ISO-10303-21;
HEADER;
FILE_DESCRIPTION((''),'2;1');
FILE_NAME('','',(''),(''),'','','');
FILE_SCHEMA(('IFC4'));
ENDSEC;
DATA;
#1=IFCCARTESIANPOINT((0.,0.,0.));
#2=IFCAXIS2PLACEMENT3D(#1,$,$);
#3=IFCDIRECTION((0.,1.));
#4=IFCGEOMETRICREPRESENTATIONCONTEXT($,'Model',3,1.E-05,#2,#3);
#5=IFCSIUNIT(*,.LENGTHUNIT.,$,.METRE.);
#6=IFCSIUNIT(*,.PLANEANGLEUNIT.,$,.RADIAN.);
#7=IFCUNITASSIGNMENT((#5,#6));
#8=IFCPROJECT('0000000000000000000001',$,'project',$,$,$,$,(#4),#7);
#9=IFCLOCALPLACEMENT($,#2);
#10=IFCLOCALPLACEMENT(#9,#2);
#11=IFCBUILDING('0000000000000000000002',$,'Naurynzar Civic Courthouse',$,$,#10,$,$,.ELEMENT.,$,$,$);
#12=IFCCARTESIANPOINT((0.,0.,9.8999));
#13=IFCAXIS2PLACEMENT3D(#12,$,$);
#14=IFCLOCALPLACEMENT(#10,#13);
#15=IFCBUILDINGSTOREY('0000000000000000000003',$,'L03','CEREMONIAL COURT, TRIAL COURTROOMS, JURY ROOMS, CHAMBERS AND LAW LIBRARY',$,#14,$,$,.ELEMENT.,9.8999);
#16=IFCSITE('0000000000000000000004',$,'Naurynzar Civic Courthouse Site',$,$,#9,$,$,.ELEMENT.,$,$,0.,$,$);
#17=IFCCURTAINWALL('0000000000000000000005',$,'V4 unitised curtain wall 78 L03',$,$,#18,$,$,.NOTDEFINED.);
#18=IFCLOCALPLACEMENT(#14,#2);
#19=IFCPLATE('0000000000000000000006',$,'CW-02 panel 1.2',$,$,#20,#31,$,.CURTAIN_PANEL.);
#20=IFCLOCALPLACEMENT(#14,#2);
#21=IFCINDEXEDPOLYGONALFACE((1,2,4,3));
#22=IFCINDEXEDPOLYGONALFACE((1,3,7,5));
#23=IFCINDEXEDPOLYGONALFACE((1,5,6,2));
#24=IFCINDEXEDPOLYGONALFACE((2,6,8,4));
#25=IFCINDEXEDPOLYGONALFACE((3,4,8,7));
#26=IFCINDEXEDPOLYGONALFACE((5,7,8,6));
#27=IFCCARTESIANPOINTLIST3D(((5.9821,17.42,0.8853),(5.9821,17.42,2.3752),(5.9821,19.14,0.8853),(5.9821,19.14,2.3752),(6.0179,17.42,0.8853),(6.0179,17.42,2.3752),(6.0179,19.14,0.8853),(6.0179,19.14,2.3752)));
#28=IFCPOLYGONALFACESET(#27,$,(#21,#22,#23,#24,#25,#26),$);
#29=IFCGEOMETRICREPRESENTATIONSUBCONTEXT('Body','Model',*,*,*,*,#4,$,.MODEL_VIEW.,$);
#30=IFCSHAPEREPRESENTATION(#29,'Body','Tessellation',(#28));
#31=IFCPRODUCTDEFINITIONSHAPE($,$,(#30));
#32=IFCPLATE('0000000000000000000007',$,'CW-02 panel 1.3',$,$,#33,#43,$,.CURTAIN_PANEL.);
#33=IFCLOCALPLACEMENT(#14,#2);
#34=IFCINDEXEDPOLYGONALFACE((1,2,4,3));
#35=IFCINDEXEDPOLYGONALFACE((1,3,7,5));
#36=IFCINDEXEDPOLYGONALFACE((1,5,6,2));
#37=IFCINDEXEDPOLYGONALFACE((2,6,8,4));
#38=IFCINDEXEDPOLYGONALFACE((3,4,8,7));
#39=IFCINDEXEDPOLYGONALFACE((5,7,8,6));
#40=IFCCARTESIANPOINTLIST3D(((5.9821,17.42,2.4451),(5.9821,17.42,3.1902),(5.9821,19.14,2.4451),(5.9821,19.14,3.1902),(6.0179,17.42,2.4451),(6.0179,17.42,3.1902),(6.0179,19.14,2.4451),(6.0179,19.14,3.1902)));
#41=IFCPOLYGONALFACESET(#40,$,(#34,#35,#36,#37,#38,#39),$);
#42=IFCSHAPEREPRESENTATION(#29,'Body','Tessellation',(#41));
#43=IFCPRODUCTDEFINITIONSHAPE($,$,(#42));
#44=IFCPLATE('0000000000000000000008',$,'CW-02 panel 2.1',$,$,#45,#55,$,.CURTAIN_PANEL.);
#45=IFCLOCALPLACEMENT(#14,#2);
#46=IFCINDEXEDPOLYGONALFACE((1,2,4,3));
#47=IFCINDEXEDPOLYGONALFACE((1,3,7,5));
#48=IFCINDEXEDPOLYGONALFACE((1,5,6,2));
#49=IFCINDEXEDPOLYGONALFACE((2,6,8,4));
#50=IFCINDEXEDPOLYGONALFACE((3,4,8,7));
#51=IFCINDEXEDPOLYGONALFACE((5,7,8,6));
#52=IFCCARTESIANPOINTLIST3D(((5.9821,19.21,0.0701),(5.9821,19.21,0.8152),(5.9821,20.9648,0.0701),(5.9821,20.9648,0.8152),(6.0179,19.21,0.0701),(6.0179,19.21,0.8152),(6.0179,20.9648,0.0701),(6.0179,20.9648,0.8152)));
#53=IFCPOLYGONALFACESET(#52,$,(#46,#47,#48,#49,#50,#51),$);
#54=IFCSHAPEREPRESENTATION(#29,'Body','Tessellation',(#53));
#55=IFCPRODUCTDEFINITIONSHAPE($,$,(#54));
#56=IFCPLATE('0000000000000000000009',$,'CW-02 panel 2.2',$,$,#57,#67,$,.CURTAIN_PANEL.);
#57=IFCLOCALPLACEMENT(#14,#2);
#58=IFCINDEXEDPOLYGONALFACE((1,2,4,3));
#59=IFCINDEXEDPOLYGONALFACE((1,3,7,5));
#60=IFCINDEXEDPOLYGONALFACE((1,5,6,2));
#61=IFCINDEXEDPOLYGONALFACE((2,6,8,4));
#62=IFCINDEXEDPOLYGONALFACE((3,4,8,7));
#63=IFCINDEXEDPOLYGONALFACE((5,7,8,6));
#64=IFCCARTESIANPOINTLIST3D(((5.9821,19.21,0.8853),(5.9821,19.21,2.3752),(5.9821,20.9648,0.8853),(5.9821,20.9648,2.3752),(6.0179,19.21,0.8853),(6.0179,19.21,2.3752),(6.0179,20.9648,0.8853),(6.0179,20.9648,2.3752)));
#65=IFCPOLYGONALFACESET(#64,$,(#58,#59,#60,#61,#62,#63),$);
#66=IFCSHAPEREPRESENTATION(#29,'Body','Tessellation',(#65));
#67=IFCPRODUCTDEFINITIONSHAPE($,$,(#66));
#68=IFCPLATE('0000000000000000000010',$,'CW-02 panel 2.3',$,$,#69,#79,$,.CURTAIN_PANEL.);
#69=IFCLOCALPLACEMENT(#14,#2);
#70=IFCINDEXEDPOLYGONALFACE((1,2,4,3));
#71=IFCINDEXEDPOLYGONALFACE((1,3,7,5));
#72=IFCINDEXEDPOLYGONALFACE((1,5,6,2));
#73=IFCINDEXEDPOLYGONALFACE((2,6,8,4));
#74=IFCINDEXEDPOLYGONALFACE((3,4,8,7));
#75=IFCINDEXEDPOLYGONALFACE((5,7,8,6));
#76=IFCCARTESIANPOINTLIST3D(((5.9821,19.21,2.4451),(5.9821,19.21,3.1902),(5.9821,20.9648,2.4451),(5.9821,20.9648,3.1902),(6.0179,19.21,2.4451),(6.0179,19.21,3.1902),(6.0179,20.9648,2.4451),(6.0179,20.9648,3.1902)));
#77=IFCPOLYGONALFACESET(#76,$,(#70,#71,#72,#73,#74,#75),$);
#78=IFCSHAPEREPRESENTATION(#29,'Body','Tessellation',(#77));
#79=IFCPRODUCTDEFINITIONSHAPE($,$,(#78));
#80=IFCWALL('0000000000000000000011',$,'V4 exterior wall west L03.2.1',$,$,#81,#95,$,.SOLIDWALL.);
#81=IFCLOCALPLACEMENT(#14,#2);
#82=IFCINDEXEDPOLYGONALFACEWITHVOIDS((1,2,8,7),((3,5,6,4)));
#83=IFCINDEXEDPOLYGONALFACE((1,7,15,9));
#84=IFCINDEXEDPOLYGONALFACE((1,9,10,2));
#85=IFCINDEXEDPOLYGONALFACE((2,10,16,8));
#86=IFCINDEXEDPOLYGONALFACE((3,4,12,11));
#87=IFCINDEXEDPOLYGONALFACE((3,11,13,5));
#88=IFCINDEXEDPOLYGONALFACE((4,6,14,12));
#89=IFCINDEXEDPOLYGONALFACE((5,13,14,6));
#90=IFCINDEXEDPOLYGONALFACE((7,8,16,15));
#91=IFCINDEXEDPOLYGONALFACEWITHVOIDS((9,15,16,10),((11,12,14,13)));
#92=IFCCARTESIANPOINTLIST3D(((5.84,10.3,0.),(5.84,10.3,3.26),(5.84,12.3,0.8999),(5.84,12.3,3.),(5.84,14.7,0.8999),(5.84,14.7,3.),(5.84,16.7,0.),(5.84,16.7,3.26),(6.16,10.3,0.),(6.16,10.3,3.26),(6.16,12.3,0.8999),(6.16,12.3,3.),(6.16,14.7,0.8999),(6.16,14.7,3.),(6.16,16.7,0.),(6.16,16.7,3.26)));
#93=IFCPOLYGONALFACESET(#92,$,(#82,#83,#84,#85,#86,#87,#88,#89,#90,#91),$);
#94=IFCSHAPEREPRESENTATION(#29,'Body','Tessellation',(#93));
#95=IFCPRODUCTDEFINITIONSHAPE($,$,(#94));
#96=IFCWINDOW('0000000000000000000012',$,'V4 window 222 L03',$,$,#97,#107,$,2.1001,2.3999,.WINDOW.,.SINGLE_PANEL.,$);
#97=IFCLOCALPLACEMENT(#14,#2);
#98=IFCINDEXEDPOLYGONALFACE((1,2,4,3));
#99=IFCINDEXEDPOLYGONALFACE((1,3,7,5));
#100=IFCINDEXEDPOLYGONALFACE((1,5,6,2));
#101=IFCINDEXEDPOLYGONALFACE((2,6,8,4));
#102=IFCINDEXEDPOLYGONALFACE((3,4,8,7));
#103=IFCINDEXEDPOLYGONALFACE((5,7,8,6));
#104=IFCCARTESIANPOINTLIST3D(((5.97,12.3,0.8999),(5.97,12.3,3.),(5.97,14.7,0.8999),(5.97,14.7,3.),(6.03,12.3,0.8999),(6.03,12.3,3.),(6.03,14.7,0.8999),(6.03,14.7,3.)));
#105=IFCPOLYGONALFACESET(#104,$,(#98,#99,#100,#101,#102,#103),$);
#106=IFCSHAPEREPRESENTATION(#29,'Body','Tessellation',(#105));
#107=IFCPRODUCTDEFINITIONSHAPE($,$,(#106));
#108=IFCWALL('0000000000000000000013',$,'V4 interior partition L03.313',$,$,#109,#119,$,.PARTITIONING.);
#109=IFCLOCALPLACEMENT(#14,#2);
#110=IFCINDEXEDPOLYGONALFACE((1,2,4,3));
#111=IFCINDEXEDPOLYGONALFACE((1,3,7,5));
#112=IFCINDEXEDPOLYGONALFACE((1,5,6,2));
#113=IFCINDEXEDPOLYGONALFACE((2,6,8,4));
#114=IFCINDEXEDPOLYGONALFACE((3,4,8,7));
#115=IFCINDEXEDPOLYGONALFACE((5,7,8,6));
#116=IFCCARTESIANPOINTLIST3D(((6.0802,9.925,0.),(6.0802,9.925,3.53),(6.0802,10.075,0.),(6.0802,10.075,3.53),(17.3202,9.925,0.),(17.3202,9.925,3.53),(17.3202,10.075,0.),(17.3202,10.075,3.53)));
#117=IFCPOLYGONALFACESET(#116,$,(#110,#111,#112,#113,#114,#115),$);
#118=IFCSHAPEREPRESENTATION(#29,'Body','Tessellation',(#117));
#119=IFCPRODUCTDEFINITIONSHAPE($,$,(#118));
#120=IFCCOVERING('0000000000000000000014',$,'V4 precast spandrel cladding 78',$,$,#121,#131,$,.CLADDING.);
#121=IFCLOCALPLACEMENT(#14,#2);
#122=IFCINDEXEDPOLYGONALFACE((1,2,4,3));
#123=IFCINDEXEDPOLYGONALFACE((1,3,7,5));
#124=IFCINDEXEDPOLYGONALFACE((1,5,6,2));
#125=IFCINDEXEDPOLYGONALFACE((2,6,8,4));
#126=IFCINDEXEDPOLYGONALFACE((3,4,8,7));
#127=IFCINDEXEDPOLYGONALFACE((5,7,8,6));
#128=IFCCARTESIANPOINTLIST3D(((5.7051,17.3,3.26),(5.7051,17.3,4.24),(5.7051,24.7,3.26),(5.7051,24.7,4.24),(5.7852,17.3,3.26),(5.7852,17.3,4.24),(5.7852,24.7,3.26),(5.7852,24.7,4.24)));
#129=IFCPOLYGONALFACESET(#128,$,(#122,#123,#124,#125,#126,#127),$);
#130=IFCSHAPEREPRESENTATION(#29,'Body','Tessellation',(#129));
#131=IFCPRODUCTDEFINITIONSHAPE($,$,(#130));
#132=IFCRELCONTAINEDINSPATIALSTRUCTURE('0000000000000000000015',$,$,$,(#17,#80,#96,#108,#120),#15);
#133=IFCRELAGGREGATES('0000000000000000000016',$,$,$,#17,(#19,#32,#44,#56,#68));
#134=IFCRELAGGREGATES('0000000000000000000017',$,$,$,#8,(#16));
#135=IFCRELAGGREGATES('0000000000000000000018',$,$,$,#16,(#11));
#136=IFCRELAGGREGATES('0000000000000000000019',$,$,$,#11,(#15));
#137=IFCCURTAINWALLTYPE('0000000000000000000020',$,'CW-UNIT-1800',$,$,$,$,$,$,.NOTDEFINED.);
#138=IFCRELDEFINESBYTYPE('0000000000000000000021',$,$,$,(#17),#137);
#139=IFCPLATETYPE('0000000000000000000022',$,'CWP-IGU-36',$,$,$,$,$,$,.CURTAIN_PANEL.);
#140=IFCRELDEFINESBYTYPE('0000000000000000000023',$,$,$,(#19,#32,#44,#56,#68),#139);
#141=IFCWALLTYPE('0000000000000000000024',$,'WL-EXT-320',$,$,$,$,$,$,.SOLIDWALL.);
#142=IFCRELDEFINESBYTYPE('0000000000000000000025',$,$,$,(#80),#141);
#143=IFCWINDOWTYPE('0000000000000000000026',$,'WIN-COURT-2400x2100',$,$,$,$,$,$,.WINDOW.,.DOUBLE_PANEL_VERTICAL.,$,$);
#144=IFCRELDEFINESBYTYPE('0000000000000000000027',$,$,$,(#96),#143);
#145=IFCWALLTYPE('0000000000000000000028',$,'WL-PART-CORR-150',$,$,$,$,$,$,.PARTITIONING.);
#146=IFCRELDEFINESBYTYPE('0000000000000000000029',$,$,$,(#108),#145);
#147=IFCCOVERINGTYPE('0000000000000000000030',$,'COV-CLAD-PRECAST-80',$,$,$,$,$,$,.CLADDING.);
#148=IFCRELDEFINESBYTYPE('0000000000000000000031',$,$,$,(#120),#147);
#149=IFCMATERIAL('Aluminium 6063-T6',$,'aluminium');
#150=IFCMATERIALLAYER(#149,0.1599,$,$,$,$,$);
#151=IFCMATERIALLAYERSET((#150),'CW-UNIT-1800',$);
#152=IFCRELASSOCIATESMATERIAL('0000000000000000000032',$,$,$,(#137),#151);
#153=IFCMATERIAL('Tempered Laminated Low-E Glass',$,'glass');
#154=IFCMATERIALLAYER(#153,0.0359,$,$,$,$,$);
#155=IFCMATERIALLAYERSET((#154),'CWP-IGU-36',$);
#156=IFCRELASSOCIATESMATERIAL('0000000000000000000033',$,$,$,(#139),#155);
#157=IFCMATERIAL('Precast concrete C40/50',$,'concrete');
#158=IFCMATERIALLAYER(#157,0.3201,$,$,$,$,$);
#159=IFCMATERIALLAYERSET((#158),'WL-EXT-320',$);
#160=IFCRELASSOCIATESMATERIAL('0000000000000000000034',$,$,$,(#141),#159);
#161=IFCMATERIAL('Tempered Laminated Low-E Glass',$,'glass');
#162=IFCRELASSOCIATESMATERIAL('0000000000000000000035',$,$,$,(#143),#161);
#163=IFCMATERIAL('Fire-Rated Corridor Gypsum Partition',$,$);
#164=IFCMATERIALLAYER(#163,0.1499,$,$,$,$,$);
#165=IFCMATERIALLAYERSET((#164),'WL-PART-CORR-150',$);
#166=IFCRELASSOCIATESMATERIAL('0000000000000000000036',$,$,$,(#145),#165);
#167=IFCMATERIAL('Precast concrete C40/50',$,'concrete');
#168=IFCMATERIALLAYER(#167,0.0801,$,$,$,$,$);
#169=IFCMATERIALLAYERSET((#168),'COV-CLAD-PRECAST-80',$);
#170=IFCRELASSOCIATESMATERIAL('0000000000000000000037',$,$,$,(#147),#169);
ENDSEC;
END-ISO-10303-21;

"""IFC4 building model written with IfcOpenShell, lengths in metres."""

from ifc_helpers import new_model, si_unit, direction, frame, frame_2d, origin, origin_2d, place, context, subcontext, project, spatial, rectangle, extrude, material, layer, layer_set, type_object, element, fill, aggregate, save


model = new_model("IFC4")

# Units and contexts
model_context = context("Model", 3, precision=1e-05, world=origin(), true_north=direction((0.0, 1.0)))
body_context = subcontext(model_context, "Body", "Model", "MODEL_VIEW")
ifc_project = project(units=[si_unit("LENGTHUNIT", "METRE"), si_unit("PLANEANGLEUNIT", "RADIAN")], contexts=[model_context])

# Site, building, storey
site_placement = place(None, origin())
site = spatial("IfcSite", under=ifc_project, at=site_placement, Name="Naurynzar Civic Courthouse Site", CompositionType="ELEMENT", RefElevation=0.0)
building_placement = place(site_placement, origin())
building = spatial("IfcBuilding", under=site, at=building_placement, Name="Naurynzar Civic Courthouse", CompositionType="ELEMENT")
storey_placement = place(building_placement, frame((0.0, 0.0, 9.8999)))
storey = spatial("IfcBuildingStorey", under=building, at=storey_placement, Name="L03", Description="CEREMONIAL COURT, TRIAL COURTROOMS, JURY ROOMS, CHAMBERS AND LAW LIBRARY", CompositionType="ELEMENT", Elevation=9.8999)

# Curtain wall, plates
ifc_material_1 = material(Name="Aluminium 6063-T6", Category="aluminium")
ifc_layer_1 = layer(ifc_material_1, 0.1599)
ifc_layer_set_1 = layer_set([ifc_layer_1], Name="CW-UNIT-1800")
curtain_wall_type = type_object("IfcCurtainWallType", Name="CW-UNIT-1800", PredefinedType="NOTDEFINED", material=ifc_layer_set_1)
curtain_wall_placement = place(storey_placement, origin())
curtain_wall = element("IfcCurtainWall", 1, at=curtain_wall_placement, inside=storey, type_object=curtain_wall_type, Name="V4 unitised curtain wall 78 L03", PredefinedType="NOTDEFINED")
ifc_material_2 = material(Name="Tempered Laminated Low-E Glass", Category="glass")
ifc_layer_2 = layer(ifc_material_2, 0.0359)
ifc_layer_set_2 = layer_set([ifc_layer_2], Name="CWP-IGU-36")
plate_type = type_object("IfcPlateType", Name="CWP-IGU-36", PredefinedType="CURTAIN_PANEL", material=ifc_layer_set_2)
plate_1_placement = place(storey_placement, frame((6.0, 18.28, 0.8853), z_axis=(0.0, 0.0, 1.0), x_axis=(0.0, 1.0, 0.0)))
plate_1 = element("IfcPlate", 2, at=plate_1_placement, type_object=plate_type, Name="CW-02 panel 1.2", PredefinedType="CURTAIN_PANEL", context=body_context, shape_type="SweptSolid", body=[
    extrude(rectangle(XDim=1.72, YDim=0.0359, at=origin_2d()), origin(), (0.0, 0.0, 1.0), 1.49),
])
plate_2_placement = place(storey_placement, frame((6.0, 18.28, 2.4451), z_axis=(0.0, 0.0, 1.0), x_axis=(0.0, 1.0, 0.0)))
plate_2 = element("IfcPlate", 3, at=plate_2_placement, type_object=plate_type, Name="CW-02 panel 1.3", PredefinedType="CURTAIN_PANEL", context=body_context, shape_type="SweptSolid", body=[
    extrude(rectangle(XDim=1.72, YDim=0.0359, at=origin_2d()), origin(), (0.0, 0.0, 1.0), 0.7451),
])
plate_3_placement = place(storey_placement, frame((6.0, 20.0874, 0.0701), z_axis=(0.0, 0.0, 1.0), x_axis=(0.0, 1.0, 0.0)))
plate_3 = element("IfcPlate", 4, at=plate_3_placement, type_object=plate_type, Name="CW-02 panel 2.1", PredefinedType="CURTAIN_PANEL", context=body_context, shape_type="SweptSolid", body=[
    extrude(rectangle(XDim=1.7549, YDim=0.0359, at=origin_2d()), origin(), (0.0, 0.0, 1.0), 0.7451),
])
plate_4_placement = place(storey_placement, frame((6.0, 20.0874, 0.8853), z_axis=(0.0, 0.0, 1.0), x_axis=(0.0, 1.0, 0.0)))
plate_4 = element("IfcPlate", 5, at=plate_4_placement, type_object=plate_type, Name="CW-02 panel 2.2", PredefinedType="CURTAIN_PANEL", context=body_context, shape_type="SweptSolid", body=[
    extrude(rectangle(XDim=1.7549, YDim=0.0359, at=origin_2d()), origin(), (0.0, 0.0, 1.0), 1.49),
])
plate_5_placement = place(storey_placement, frame((6.0, 20.0874, 2.4451), z_axis=(0.0, 0.0, 1.0), x_axis=(0.0, 1.0, 0.0)))
plate_5 = element("IfcPlate", 6, at=plate_5_placement, type_object=plate_type, Name="CW-02 panel 2.3", PredefinedType="CURTAIN_PANEL", context=body_context, shape_type="SweptSolid", body=[
    extrude(rectangle(XDim=1.7549, YDim=0.0359, at=origin_2d()), origin(), (0.0, 0.0, 1.0), 0.7451),
])
aggregate(curtain_wall, [plate_1, plate_2, plate_3, plate_4, plate_5])

# Wall, opening, window
ifc_material_3 = material(Name="Precast concrete C40/50", Category="concrete")
ifc_layer_3 = layer(ifc_material_3, 0.3201)
ifc_layer_set_3 = layer_set([ifc_layer_3], Name="WL-EXT-320")
wall_type_1 = type_object("IfcWallType", Name="WL-EXT-320", PredefinedType="SOLIDWALL", material=ifc_layer_set_3)
wall_1_placement = place(storey_placement, frame((6.0, 10.3, 0.0), z_axis=(0.0, 0.0, 1.0), x_axis=(0.0, 1.0, 0.0)))
wall_1 = element("IfcWall", 7, at=wall_1_placement, inside=storey, type_object=wall_type_1, Name="V4 exterior wall west L03.2.1", PredefinedType="SOLIDWALL", context=body_context, shape_type="SweptSolid", body=[
    extrude(rectangle(XDim=6.3999, YDim=0.3201, at=frame_2d((3.2, 0.0))), origin(), (0.0, 0.0, 1.0), 3.26),
])
opening_placement = place(wall_1_placement, frame((2.0, 0.0, 0.8999)))
opening = element("IfcOpeningElement", 8, at=opening_placement, cuts=wall_1, PredefinedType="OPENING", context=body_context, shape_type="SweptSolid", body=[
    extrude(rectangle(XDim=2.3999, YDim=2.1001, at=frame_2d((1.2, 1.05))), frame((0.0, 0.1699, 0.0), z_axis=(0.0, -1.0, 0.0), x_axis=(1.0, 0.0, 0.0)), (0.0, 0.0, 1.0), 0.3401),
])
ifc_material_4 = material(Name="Tempered Laminated Low-E Glass", Category="glass")
window_type = type_object("IfcWindowType", Name="WIN-COURT-2400x2100", PartitioningType="DOUBLE_PANEL_VERTICAL", PredefinedType="WINDOW", material=ifc_material_4)
window_placement = place(opening_placement, origin())
window = element("IfcWindow", 9, at=window_placement, inside=storey, type_object=window_type, Name="V4 window 222 L03", OverallHeight=2.1001, OverallWidth=2.3999, PartitioningType="SINGLE_PANEL", PredefinedType="WINDOW", context=body_context, shape_type="SweptSolid", body=[
    extrude(rectangle(XDim=2.3999, YDim=2.1001, at=frame_2d((1.2, 1.05))), frame((0.0, 0.03, 0.0), z_axis=(0.0, -1.0, 0.0), x_axis=(1.0, 0.0, 0.0)), (0.0, 0.0, 1.0), 0.0601),
])
fill(opening, window)

# Wall
ifc_material_5 = material(Name="Fire-Rated Corridor Gypsum Partition")
ifc_layer_4 = layer(ifc_material_5, 0.1499)
ifc_layer_set_4 = layer_set([ifc_layer_4], Name="WL-PART-CORR-150")
wall_type_2 = type_object("IfcWallType", Name="WL-PART-CORR-150", PredefinedType="PARTITIONING", material=ifc_layer_set_4)
wall_2_placement = place(storey_placement, frame((6.0801, 10.0, 0.0), z_axis=(0.0, 0.0, 1.0), x_axis=(1.0, 0.0, 0.0)))
element("IfcWall", 10, at=wall_2_placement, inside=storey, type_object=wall_type_2, Name="V4 interior partition L03.313", PredefinedType="PARTITIONING", context=body_context, shape_type="SweptSolid", body=[
    extrude(rectangle(XDim=11.24, YDim=0.1499, at=frame_2d((5.6201, 0.0))), origin(), (0.0, 0.0, 1.0), 3.53),
])

# Covering
ifc_material_6 = material(Name="Precast concrete C40/50", Category="concrete")
ifc_layer_5 = layer(ifc_material_6, 0.0801)
ifc_layer_set_5 = layer_set([ifc_layer_5], Name="COV-CLAD-PRECAST-80")
covering_type = type_object("IfcCoveringType", Name="COV-CLAD-PRECAST-80", PredefinedType="CLADDING", material=ifc_layer_set_5)
covering_placement = place(storey_placement, frame((5.7451, 21.0, 3.26), z_axis=(0.0, 0.0, 1.0), x_axis=(0.0, 1.0, 0.0)))
element("IfcCovering", 11, at=covering_placement, inside=storey, type_object=covering_type, Name="V4 precast spandrel cladding 78", PredefinedType="CLADDING", context=body_context, shape_type="SweptSolid", body=[
    extrude(rectangle(XDim=7.3999, YDim=0.0801, at=origin_2d()), origin(), (0.0, 0.0, 1.0), 0.98),
])

save(model, "model.ifc")
